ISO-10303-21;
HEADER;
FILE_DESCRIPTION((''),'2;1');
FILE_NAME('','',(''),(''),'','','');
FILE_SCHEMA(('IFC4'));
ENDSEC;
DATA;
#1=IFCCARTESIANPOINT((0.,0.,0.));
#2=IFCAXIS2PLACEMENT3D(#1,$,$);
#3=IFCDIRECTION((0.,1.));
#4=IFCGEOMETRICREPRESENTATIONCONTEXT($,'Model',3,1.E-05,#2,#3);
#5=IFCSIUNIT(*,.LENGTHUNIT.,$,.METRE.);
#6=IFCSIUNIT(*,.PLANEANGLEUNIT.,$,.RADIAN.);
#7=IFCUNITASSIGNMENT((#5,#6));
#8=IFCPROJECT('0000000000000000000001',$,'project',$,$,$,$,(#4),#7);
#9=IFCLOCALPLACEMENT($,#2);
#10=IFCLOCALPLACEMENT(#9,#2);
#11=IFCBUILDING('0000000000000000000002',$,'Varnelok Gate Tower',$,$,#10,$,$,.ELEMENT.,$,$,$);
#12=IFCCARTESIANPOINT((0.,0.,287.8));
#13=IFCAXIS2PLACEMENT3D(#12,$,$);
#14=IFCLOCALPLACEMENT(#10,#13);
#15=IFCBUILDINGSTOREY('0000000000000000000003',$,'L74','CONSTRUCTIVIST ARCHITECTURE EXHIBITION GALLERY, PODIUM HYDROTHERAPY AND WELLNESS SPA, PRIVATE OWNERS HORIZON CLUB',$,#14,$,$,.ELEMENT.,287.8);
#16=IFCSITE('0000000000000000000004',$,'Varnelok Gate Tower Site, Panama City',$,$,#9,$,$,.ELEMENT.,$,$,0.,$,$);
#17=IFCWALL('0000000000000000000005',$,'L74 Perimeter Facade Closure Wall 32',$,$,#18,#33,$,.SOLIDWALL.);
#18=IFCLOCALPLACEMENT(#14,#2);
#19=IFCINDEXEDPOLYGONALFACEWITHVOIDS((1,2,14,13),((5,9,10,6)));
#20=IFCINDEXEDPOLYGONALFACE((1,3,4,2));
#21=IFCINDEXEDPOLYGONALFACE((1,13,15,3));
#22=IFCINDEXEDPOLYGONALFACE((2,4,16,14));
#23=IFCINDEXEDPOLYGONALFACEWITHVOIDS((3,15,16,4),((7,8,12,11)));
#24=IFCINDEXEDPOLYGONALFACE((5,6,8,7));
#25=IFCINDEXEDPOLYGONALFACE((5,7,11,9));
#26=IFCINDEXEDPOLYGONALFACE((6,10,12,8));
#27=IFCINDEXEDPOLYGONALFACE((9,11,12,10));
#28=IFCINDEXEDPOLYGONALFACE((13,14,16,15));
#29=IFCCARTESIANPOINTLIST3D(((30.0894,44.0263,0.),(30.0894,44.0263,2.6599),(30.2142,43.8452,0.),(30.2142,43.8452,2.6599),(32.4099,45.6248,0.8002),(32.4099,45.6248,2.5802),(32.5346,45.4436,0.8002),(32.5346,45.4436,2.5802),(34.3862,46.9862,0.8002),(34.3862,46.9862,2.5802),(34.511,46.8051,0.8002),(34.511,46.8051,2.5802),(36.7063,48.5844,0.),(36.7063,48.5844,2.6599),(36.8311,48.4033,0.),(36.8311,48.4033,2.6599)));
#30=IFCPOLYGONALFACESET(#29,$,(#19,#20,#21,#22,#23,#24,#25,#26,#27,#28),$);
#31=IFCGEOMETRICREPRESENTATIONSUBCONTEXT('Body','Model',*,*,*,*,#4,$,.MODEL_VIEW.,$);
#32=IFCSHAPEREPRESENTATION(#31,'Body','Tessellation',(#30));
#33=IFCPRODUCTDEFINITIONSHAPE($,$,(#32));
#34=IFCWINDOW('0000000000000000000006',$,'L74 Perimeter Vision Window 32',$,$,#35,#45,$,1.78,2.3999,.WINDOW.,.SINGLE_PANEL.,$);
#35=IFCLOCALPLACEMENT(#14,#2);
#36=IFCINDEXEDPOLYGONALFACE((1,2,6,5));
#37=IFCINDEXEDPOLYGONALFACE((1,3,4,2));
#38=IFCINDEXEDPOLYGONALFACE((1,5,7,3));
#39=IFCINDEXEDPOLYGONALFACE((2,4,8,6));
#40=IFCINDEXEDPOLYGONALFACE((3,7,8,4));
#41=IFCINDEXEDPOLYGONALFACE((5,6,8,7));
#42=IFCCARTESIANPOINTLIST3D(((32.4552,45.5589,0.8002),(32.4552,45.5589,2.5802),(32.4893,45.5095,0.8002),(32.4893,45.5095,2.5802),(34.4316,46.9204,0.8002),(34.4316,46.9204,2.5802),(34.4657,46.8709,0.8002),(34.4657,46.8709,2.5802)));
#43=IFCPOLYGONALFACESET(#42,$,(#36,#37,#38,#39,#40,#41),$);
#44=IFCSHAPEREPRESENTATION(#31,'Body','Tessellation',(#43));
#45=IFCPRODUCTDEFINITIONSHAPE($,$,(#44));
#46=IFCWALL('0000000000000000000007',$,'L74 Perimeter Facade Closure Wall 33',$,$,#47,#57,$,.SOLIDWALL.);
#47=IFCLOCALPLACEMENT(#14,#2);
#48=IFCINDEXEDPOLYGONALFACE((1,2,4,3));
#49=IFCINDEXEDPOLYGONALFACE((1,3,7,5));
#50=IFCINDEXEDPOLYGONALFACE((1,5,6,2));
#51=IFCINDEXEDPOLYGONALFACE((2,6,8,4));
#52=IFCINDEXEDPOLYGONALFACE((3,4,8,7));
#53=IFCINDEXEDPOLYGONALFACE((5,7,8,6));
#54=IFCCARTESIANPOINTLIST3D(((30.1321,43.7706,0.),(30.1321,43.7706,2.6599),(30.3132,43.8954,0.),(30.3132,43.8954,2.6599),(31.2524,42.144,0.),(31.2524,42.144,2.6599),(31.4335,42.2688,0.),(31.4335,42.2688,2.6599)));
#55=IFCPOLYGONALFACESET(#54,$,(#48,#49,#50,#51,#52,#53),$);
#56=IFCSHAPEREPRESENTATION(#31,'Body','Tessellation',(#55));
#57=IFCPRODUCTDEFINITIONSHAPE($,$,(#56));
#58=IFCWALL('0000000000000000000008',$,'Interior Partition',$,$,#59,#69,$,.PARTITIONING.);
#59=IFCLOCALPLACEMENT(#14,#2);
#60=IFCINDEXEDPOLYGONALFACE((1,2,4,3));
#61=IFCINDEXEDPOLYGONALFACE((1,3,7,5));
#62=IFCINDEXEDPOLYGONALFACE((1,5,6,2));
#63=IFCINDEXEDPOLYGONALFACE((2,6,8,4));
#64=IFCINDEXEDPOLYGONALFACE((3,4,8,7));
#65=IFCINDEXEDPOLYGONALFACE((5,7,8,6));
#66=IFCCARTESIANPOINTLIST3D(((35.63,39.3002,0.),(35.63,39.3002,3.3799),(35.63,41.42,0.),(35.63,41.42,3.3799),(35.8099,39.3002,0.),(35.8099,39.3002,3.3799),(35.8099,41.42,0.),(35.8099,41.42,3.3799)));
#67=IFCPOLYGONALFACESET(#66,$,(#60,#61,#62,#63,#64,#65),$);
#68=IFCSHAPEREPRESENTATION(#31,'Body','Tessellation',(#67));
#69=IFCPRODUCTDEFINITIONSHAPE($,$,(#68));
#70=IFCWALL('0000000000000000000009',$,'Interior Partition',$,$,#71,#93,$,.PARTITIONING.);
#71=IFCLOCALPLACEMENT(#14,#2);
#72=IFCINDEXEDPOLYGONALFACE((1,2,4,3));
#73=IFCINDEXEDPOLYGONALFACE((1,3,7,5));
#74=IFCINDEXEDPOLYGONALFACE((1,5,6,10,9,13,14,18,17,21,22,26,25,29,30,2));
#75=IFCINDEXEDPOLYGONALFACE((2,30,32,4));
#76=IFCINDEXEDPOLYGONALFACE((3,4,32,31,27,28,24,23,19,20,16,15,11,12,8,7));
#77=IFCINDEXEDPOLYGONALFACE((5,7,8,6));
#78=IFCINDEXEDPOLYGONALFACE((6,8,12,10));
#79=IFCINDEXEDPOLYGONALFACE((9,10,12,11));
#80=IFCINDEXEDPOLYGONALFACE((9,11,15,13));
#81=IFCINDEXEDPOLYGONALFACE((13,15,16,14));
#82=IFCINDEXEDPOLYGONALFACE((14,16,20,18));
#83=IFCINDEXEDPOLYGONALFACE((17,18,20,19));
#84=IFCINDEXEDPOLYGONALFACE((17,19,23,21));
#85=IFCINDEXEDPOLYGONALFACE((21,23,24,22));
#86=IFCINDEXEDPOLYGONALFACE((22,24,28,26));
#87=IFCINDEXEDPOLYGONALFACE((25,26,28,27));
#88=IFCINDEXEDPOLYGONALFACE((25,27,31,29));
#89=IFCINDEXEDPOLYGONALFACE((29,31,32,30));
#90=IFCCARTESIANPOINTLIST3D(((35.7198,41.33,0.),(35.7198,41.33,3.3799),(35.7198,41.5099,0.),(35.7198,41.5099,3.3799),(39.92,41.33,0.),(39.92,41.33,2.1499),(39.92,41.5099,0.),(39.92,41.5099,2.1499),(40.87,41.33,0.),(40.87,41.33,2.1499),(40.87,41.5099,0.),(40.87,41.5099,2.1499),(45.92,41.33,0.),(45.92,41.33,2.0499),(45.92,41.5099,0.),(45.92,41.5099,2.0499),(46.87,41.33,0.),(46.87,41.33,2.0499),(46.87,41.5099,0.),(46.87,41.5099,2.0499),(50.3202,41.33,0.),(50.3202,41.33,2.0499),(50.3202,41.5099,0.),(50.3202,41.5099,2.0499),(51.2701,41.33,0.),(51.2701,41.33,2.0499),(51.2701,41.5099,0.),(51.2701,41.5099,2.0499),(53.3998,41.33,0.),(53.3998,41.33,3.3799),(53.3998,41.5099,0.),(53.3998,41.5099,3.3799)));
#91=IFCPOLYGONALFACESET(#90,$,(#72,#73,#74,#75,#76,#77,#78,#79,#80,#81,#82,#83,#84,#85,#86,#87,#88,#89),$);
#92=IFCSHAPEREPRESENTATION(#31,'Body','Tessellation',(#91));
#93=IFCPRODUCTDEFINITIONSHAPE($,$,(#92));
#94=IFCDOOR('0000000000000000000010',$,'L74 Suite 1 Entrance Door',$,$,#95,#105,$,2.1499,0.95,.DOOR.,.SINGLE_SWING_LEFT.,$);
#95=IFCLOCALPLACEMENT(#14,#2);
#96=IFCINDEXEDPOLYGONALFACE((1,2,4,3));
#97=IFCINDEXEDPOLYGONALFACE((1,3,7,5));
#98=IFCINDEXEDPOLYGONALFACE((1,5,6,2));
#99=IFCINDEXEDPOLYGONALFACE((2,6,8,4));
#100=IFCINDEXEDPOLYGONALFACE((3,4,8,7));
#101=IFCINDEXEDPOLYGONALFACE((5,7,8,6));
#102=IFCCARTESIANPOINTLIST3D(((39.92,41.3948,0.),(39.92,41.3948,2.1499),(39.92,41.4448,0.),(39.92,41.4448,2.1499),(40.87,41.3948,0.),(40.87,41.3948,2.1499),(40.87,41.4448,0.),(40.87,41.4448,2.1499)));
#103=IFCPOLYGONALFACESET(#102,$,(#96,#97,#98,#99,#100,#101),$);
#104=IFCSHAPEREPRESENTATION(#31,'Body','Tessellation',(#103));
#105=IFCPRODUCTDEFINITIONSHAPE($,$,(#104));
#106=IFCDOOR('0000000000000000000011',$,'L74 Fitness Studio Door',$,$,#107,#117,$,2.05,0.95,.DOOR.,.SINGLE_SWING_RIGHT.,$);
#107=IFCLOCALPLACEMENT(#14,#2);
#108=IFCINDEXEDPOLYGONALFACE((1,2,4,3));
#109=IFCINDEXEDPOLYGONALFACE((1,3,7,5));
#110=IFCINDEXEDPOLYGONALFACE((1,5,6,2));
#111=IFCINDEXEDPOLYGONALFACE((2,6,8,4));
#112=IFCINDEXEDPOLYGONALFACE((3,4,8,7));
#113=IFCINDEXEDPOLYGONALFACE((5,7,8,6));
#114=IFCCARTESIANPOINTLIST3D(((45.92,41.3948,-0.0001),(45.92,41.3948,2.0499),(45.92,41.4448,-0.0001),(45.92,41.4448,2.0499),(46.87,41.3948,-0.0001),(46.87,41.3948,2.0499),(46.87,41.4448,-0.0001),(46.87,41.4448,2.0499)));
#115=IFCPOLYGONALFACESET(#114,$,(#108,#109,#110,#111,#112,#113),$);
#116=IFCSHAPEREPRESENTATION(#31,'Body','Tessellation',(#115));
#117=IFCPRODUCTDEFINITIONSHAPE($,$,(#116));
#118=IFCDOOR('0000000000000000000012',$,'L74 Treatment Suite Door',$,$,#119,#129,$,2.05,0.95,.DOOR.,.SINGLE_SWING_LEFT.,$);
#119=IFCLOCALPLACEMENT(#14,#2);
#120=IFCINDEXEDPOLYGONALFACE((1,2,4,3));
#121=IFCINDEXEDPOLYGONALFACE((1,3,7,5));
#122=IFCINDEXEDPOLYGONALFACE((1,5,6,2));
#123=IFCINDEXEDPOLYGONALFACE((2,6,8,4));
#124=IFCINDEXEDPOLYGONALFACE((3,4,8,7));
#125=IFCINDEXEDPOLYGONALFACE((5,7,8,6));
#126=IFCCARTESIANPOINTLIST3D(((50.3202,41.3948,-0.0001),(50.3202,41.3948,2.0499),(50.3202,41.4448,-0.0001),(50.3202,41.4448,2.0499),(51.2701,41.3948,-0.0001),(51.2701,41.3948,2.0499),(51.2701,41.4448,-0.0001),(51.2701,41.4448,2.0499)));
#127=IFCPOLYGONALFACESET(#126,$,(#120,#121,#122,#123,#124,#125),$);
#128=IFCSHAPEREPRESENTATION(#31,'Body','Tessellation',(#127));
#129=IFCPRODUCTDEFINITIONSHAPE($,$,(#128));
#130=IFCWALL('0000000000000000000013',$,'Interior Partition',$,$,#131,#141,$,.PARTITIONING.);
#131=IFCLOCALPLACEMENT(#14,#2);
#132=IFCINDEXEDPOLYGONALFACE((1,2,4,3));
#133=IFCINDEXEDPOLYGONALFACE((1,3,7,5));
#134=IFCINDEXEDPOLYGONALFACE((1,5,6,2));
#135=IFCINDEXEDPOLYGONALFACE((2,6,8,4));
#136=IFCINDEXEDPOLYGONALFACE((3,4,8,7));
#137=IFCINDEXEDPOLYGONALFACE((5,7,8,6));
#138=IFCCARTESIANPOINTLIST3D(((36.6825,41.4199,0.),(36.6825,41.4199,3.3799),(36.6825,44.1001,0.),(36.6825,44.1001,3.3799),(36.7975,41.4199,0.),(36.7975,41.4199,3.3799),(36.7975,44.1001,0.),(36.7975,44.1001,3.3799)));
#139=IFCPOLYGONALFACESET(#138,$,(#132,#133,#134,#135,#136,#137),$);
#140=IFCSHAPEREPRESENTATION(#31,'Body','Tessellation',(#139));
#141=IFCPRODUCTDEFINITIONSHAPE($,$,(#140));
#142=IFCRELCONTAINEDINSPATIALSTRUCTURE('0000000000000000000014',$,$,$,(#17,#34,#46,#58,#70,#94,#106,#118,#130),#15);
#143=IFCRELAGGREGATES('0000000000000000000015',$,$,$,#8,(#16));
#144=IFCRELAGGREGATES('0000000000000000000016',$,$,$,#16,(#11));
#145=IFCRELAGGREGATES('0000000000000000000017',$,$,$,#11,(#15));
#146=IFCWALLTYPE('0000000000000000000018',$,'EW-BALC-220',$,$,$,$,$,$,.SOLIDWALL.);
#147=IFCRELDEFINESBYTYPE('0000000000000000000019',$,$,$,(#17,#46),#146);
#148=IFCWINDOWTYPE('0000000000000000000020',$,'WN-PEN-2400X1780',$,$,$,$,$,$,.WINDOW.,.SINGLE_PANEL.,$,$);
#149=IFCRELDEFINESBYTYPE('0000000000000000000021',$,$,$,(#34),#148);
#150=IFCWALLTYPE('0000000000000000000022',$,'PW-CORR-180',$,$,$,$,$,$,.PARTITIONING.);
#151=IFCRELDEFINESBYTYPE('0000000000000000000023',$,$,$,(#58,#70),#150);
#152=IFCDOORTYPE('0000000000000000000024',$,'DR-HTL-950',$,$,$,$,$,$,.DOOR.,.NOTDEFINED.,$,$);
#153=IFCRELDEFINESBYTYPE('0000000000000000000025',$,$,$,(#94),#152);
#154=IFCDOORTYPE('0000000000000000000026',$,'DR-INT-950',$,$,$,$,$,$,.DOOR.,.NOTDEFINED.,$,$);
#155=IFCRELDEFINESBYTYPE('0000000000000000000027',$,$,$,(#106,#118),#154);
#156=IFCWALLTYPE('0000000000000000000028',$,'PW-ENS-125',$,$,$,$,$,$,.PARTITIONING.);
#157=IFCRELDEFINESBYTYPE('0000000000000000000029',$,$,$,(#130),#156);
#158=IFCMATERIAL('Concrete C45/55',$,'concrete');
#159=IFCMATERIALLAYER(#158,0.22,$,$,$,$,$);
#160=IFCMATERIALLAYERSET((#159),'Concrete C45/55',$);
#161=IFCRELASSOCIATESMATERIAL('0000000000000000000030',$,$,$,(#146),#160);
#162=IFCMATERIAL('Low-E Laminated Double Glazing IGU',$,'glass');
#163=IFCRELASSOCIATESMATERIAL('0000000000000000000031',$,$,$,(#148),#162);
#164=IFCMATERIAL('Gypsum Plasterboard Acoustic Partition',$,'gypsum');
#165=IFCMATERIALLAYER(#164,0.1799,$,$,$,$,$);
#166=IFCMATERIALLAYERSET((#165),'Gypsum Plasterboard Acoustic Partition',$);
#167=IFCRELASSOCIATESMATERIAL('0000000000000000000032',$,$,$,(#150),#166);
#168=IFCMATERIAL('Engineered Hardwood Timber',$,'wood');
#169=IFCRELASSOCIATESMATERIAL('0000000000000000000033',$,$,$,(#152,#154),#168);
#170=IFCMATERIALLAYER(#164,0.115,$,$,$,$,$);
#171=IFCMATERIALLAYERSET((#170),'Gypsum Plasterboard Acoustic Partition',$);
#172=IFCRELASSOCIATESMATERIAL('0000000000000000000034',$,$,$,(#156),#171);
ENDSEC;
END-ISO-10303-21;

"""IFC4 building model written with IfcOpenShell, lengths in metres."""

from ifc_helpers import new_model, si_unit, direction, frame, frame_2d, origin, place, context, subcontext, project, spatial, rectangle, extrude, material, layer, layer_set, type_object, element, fill, save


model = new_model("IFC4")

# Units and contexts
model_context = context("Model", 3, precision=1e-05, world=origin(), true_north=direction((0.0, 1.0)))
body_context = subcontext(model_context, "Body", "Model", "MODEL_VIEW")
ifc_project = project(units=[si_unit("LENGTHUNIT", "METRE"), si_unit("PLANEANGLEUNIT", "RADIAN")], contexts=[model_context])

# Site, building, storey
site_placement = place(None, origin())
site = spatial("IfcSite", under=ifc_project, at=site_placement, Name="Varnelok Gate Tower Site, Panama City", CompositionType="ELEMENT", RefElevation=0.0)
building_placement = place(site_placement, origin())
building = spatial("IfcBuilding", under=site, at=building_placement, Name="Varnelok Gate Tower", CompositionType="ELEMENT")
storey_placement = place(building_placement, frame((0.0, 0.0, 287.8)))
storey = spatial("IfcBuildingStorey", under=building, at=storey_placement, Name="L74", Description="CONSTRUCTIVIST ARCHITECTURE EXHIBITION GALLERY, PODIUM HYDROTHERAPY AND WELLNESS SPA, PRIVATE OWNERS HORIZON CLUB", CompositionType="ELEMENT", Elevation=287.8)

# Wall, opening, window
ifc_material_1 = material(Name="Concrete C45/55", Category="concrete")
ifc_layer_1 = layer(ifc_material_1, 0.22)
ifc_layer_set_1 = layer_set([ifc_layer_1], Name="Concrete C45/55")
wall_type_1 = type_object("IfcWallType", Name="EW-BALC-220", PredefinedType="SOLIDWALL", material=ifc_layer_set_1)
wall_1_placement = place(storey_placement, frame((36.7688, 48.4939, 0.0), z_axis=(0.0, 0.0, 1.0), x_axis=(-0.823521, -0.567286, 0.0)))
wall_1 = element("IfcWall", 1, at=wall_1_placement, inside=storey, type_object=wall_type_1, Name="L74 Perimeter Facade Closure Wall 32", PredefinedType="SOLIDWALL", context=body_context, shape_type="SweptSolid", body=[
    extrude(rectangle(XDim=8.0349, YDim=0.22, at=frame_2d((4.0176, 0.0))), origin(), (0.0, 0.0, 1.0), 2.6599),
])
opening_1_placement = place(wall_1_placement, frame((2.8174, 0.0, 0.8)))
opening_1 = element("IfcOpeningElement", 2, at=opening_1_placement, cuts=wall_1, PredefinedType="OPENING", context=body_context, shape_type="SweptSolid", body=[
    extrude(rectangle(XDim=2.3999, YDim=1.78, at=frame_2d((1.2, 0.8901))), frame((0.0, 0.1199, 0.0), z_axis=(0.0, -1.0, 0.0), x_axis=(1.0, 0.0, 0.0)), (0.0, 0.0, 1.0), 0.24),
])
ifc_material_2 = material(Name="Low-E Laminated Double Glazing IGU", Category="glass")
window_type = type_object("IfcWindowType", Name="WN-PEN-2400X1780", PartitioningType="SINGLE_PANEL", PredefinedType="WINDOW", material=ifc_material_2)
window_placement = place(opening_1_placement, origin())
window = element("IfcWindow", 3, at=window_placement, inside=storey, type_object=window_type, Name="L74 Perimeter Vision Window 32", OverallHeight=1.78, OverallWidth=2.3999, PartitioningType="SINGLE_PANEL", PredefinedType="WINDOW", context=body_context, shape_type="SweptSolid", body=[
    extrude(rectangle(XDim=2.3999, YDim=1.78, at=frame_2d((1.2, 0.8901))), frame((0.0, 0.03, 0.0), z_axis=(0.0, -1.0, 0.0), x_axis=(1.0, 0.0, 0.0)), (0.0, 0.0, 1.0), 0.0601),
])
fill(opening_1, window)

# Walls
wall_2_placement = place(storey_placement, frame((30.2227, 43.833, 0.0), z_axis=(0.0, 0.0, 1.0), x_axis=(0.567216, -0.823569, 0.0)))
element("IfcWall", 4, at=wall_2_placement, inside=storey, type_object=wall_type_1, Name="L74 Perimeter Facade Closure Wall 33", PredefinedType="SOLIDWALL", context=body_context, shape_type="SweptSolid", body=[
    extrude(rectangle(XDim=1.9751, YDim=0.22, at=frame_2d((0.9875, 0.0))), origin(), (0.0, 0.0, 1.0), 2.6599),
])
ifc_material_3 = material(Name="Gypsum Plasterboard Acoustic Partition", Category="gypsum")
ifc_layer_2 = layer(ifc_material_3, 0.1799)
ifc_layer_set_2 = layer_set([ifc_layer_2], Name="Gypsum Plasterboard Acoustic Partition")
wall_type_2 = type_object("IfcWallType", Name="PW-CORR-180", PredefinedType="PARTITIONING", material=ifc_layer_set_2)
wall_3_placement = place(storey_placement, frame((35.72, 39.3, 0.0), z_axis=(0.0, 0.0, 1.0), x_axis=(0.0, 1.0, 0.0)))
element("IfcWall", 5, at=wall_3_placement, inside=storey, type_object=wall_type_2, Name="Interior Partition", PredefinedType="PARTITIONING", context=body_context, shape_type="SweptSolid", body=[
    extrude(rectangle(XDim=2.1199, YDim=0.1799, at=frame_2d((1.0601, 0.0))), origin(), (0.0, 0.0, 1.0), 3.3799),
])

# Wall, openings, doors
wall_4_placement = place(storey_placement, frame((35.72, 41.4199, 0.0), z_axis=(0.0, 0.0, 1.0), x_axis=(1.0, 0.0, 0.0)))
wall_4 = element("IfcWall", 6, at=wall_4_placement, inside=storey, type_object=wall_type_2, Name="Interior Partition", PredefinedType="PARTITIONING", context=body_context, shape_type="SweptSolid", body=[
    extrude(rectangle(XDim=17.6799, YDim=0.1799, at=frame_2d((8.8398, 0.0))), origin(), (0.0, 0.0, 1.0), 3.3799),
])
opening_2_placement = place(wall_4_placement, frame((4.2, 0.0, 0.0)))
opening_2 = element("IfcOpeningElement", 7, at=opening_2_placement, cuts=wall_4, PredefinedType="OPENING", context=body_context, shape_type="SweptSolid", body=[
    extrude(rectangle(XDim=0.95, YDim=2.1499, at=frame_2d((0.4751, 1.075))), frame((0.0, 0.0999, 0.0), z_axis=(0.0, -1.0, 0.0), x_axis=(1.0, 0.0, 0.0)), (0.0, 0.0, 1.0), 0.2),
])
opening_3_placement = place(wall_4_placement, frame((10.2, 0.0, 0.0)))
opening_3 = element("IfcOpeningElement", 8, at=opening_3_placement, cuts=wall_4, PredefinedType="OPENING", context=body_context, shape_type="SweptSolid", body=[
    extrude(rectangle(XDim=0.95, YDim=2.05, at=frame_2d((0.4751, 1.0249))), frame((0.0, 0.0999, 0.0), z_axis=(0.0, -1.0, 0.0), x_axis=(1.0, 0.0, 0.0)), (0.0, 0.0, 1.0), 0.2),
])
opening_4_placement = place(wall_4_placement, frame((14.6001, 0.0, 0.0)))
opening_4 = element("IfcOpeningElement", 9, at=opening_4_placement, cuts=wall_4, PredefinedType="OPENING", context=body_context, shape_type="SweptSolid", body=[
    extrude(rectangle(XDim=0.95, YDim=2.05, at=frame_2d((0.4751, 1.0249))), frame((0.0, 0.0999, 0.0), z_axis=(0.0, -1.0, 0.0), x_axis=(1.0, 0.0, 0.0)), (0.0, 0.0, 1.0), 0.2),
])
ifc_material_4 = material(Name="Engineered Hardwood Timber", Category="wood")
door_type_1 = type_object("IfcDoorType", Name="DR-HTL-950", OperationType="NOTDEFINED", PredefinedType="DOOR", material=ifc_material_4)
door_1_placement = place(opening_2_placement, origin())
door_1 = element("IfcDoor", 10, at=door_1_placement, inside=storey, type_object=door_type_1, Name="L74 Suite 1 Entrance Door", OperationType="SINGLE_SWING_LEFT", OverallHeight=2.1499, OverallWidth=0.95, PredefinedType="DOOR", context=body_context, shape_type="SweptSolid", body=[
    extrude(rectangle(XDim=0.95, YDim=2.1499, at=frame_2d((0.4751, 1.075))), frame((0.0, 0.0249, 0.0), z_axis=(0.0, -1.0, 0.0), x_axis=(1.0, 0.0, 0.0)), (0.0, 0.0, 1.0), 0.05),
])
fill(opening_2, door_1)
door_type_2 = type_object("IfcDoorType", Name="DR-INT-950", OperationType="NOTDEFINED", PredefinedType="DOOR", material=ifc_material_4)
door_2_placement = place(opening_3_placement, origin())
door_2 = element("IfcDoor", 11, at=door_2_placement, inside=storey, type_object=door_type_2, Name="L74 Fitness Studio Door", OperationType="SINGLE_SWING_RIGHT", OverallHeight=2.05, OverallWidth=0.95, PredefinedType="DOOR", context=body_context, shape_type="SweptSolid", body=[
    extrude(rectangle(XDim=0.95, YDim=2.05, at=frame_2d((0.4751, 1.0249))), frame((0.0, 0.0249, 0.0), z_axis=(0.0, -1.0, 0.0), x_axis=(1.0, 0.0, 0.0)), (0.0, 0.0, 1.0), 0.05),
])
fill(opening_3, door_2)
door_3_placement = place(opening_4_placement, origin())
door_3 = element("IfcDoor", 12, at=door_3_placement, inside=storey, type_object=door_type_2, Name="L74 Treatment Suite Door", OperationType="SINGLE_SWING_LEFT", OverallHeight=2.05, OverallWidth=0.95, PredefinedType="DOOR", context=body_context, shape_type="SweptSolid", body=[
    extrude(rectangle(XDim=0.95, YDim=2.05, at=frame_2d((0.4751, 1.0249))), frame((0.0, 0.0249, 0.0), z_axis=(0.0, -1.0, 0.0), x_axis=(1.0, 0.0, 0.0)), (0.0, 0.0, 1.0), 0.05),
])
fill(opening_4, door_3)

# Wall
ifc_layer_3 = layer(ifc_material_3, 0.115)
ifc_layer_set_3 = layer_set([ifc_layer_3], Name="Gypsum Plasterboard Acoustic Partition")
wall_type_3 = type_object("IfcWallType", Name="PW-ENS-125", PredefinedType="PARTITIONING", material=ifc_layer_set_3)
wall_5_placement = place(storey_placement, frame((36.74, 41.4199, 0.0), z_axis=(0.0, 0.0, 1.0), x_axis=(0.0, 1.0, 0.0)))
element("IfcWall", 13, at=wall_5_placement, inside=storey, type_object=wall_type_3, Name="Interior Partition", PredefinedType="PARTITIONING", context=body_context, shape_type="SweptSolid", body=[
    extrude(rectangle(XDim=2.6802, YDim=0.115, at=frame_2d((1.3401, 0.0))), origin(), (0.0, 0.0, 1.0), 3.3799),
])

save(model, "model.ifc")
